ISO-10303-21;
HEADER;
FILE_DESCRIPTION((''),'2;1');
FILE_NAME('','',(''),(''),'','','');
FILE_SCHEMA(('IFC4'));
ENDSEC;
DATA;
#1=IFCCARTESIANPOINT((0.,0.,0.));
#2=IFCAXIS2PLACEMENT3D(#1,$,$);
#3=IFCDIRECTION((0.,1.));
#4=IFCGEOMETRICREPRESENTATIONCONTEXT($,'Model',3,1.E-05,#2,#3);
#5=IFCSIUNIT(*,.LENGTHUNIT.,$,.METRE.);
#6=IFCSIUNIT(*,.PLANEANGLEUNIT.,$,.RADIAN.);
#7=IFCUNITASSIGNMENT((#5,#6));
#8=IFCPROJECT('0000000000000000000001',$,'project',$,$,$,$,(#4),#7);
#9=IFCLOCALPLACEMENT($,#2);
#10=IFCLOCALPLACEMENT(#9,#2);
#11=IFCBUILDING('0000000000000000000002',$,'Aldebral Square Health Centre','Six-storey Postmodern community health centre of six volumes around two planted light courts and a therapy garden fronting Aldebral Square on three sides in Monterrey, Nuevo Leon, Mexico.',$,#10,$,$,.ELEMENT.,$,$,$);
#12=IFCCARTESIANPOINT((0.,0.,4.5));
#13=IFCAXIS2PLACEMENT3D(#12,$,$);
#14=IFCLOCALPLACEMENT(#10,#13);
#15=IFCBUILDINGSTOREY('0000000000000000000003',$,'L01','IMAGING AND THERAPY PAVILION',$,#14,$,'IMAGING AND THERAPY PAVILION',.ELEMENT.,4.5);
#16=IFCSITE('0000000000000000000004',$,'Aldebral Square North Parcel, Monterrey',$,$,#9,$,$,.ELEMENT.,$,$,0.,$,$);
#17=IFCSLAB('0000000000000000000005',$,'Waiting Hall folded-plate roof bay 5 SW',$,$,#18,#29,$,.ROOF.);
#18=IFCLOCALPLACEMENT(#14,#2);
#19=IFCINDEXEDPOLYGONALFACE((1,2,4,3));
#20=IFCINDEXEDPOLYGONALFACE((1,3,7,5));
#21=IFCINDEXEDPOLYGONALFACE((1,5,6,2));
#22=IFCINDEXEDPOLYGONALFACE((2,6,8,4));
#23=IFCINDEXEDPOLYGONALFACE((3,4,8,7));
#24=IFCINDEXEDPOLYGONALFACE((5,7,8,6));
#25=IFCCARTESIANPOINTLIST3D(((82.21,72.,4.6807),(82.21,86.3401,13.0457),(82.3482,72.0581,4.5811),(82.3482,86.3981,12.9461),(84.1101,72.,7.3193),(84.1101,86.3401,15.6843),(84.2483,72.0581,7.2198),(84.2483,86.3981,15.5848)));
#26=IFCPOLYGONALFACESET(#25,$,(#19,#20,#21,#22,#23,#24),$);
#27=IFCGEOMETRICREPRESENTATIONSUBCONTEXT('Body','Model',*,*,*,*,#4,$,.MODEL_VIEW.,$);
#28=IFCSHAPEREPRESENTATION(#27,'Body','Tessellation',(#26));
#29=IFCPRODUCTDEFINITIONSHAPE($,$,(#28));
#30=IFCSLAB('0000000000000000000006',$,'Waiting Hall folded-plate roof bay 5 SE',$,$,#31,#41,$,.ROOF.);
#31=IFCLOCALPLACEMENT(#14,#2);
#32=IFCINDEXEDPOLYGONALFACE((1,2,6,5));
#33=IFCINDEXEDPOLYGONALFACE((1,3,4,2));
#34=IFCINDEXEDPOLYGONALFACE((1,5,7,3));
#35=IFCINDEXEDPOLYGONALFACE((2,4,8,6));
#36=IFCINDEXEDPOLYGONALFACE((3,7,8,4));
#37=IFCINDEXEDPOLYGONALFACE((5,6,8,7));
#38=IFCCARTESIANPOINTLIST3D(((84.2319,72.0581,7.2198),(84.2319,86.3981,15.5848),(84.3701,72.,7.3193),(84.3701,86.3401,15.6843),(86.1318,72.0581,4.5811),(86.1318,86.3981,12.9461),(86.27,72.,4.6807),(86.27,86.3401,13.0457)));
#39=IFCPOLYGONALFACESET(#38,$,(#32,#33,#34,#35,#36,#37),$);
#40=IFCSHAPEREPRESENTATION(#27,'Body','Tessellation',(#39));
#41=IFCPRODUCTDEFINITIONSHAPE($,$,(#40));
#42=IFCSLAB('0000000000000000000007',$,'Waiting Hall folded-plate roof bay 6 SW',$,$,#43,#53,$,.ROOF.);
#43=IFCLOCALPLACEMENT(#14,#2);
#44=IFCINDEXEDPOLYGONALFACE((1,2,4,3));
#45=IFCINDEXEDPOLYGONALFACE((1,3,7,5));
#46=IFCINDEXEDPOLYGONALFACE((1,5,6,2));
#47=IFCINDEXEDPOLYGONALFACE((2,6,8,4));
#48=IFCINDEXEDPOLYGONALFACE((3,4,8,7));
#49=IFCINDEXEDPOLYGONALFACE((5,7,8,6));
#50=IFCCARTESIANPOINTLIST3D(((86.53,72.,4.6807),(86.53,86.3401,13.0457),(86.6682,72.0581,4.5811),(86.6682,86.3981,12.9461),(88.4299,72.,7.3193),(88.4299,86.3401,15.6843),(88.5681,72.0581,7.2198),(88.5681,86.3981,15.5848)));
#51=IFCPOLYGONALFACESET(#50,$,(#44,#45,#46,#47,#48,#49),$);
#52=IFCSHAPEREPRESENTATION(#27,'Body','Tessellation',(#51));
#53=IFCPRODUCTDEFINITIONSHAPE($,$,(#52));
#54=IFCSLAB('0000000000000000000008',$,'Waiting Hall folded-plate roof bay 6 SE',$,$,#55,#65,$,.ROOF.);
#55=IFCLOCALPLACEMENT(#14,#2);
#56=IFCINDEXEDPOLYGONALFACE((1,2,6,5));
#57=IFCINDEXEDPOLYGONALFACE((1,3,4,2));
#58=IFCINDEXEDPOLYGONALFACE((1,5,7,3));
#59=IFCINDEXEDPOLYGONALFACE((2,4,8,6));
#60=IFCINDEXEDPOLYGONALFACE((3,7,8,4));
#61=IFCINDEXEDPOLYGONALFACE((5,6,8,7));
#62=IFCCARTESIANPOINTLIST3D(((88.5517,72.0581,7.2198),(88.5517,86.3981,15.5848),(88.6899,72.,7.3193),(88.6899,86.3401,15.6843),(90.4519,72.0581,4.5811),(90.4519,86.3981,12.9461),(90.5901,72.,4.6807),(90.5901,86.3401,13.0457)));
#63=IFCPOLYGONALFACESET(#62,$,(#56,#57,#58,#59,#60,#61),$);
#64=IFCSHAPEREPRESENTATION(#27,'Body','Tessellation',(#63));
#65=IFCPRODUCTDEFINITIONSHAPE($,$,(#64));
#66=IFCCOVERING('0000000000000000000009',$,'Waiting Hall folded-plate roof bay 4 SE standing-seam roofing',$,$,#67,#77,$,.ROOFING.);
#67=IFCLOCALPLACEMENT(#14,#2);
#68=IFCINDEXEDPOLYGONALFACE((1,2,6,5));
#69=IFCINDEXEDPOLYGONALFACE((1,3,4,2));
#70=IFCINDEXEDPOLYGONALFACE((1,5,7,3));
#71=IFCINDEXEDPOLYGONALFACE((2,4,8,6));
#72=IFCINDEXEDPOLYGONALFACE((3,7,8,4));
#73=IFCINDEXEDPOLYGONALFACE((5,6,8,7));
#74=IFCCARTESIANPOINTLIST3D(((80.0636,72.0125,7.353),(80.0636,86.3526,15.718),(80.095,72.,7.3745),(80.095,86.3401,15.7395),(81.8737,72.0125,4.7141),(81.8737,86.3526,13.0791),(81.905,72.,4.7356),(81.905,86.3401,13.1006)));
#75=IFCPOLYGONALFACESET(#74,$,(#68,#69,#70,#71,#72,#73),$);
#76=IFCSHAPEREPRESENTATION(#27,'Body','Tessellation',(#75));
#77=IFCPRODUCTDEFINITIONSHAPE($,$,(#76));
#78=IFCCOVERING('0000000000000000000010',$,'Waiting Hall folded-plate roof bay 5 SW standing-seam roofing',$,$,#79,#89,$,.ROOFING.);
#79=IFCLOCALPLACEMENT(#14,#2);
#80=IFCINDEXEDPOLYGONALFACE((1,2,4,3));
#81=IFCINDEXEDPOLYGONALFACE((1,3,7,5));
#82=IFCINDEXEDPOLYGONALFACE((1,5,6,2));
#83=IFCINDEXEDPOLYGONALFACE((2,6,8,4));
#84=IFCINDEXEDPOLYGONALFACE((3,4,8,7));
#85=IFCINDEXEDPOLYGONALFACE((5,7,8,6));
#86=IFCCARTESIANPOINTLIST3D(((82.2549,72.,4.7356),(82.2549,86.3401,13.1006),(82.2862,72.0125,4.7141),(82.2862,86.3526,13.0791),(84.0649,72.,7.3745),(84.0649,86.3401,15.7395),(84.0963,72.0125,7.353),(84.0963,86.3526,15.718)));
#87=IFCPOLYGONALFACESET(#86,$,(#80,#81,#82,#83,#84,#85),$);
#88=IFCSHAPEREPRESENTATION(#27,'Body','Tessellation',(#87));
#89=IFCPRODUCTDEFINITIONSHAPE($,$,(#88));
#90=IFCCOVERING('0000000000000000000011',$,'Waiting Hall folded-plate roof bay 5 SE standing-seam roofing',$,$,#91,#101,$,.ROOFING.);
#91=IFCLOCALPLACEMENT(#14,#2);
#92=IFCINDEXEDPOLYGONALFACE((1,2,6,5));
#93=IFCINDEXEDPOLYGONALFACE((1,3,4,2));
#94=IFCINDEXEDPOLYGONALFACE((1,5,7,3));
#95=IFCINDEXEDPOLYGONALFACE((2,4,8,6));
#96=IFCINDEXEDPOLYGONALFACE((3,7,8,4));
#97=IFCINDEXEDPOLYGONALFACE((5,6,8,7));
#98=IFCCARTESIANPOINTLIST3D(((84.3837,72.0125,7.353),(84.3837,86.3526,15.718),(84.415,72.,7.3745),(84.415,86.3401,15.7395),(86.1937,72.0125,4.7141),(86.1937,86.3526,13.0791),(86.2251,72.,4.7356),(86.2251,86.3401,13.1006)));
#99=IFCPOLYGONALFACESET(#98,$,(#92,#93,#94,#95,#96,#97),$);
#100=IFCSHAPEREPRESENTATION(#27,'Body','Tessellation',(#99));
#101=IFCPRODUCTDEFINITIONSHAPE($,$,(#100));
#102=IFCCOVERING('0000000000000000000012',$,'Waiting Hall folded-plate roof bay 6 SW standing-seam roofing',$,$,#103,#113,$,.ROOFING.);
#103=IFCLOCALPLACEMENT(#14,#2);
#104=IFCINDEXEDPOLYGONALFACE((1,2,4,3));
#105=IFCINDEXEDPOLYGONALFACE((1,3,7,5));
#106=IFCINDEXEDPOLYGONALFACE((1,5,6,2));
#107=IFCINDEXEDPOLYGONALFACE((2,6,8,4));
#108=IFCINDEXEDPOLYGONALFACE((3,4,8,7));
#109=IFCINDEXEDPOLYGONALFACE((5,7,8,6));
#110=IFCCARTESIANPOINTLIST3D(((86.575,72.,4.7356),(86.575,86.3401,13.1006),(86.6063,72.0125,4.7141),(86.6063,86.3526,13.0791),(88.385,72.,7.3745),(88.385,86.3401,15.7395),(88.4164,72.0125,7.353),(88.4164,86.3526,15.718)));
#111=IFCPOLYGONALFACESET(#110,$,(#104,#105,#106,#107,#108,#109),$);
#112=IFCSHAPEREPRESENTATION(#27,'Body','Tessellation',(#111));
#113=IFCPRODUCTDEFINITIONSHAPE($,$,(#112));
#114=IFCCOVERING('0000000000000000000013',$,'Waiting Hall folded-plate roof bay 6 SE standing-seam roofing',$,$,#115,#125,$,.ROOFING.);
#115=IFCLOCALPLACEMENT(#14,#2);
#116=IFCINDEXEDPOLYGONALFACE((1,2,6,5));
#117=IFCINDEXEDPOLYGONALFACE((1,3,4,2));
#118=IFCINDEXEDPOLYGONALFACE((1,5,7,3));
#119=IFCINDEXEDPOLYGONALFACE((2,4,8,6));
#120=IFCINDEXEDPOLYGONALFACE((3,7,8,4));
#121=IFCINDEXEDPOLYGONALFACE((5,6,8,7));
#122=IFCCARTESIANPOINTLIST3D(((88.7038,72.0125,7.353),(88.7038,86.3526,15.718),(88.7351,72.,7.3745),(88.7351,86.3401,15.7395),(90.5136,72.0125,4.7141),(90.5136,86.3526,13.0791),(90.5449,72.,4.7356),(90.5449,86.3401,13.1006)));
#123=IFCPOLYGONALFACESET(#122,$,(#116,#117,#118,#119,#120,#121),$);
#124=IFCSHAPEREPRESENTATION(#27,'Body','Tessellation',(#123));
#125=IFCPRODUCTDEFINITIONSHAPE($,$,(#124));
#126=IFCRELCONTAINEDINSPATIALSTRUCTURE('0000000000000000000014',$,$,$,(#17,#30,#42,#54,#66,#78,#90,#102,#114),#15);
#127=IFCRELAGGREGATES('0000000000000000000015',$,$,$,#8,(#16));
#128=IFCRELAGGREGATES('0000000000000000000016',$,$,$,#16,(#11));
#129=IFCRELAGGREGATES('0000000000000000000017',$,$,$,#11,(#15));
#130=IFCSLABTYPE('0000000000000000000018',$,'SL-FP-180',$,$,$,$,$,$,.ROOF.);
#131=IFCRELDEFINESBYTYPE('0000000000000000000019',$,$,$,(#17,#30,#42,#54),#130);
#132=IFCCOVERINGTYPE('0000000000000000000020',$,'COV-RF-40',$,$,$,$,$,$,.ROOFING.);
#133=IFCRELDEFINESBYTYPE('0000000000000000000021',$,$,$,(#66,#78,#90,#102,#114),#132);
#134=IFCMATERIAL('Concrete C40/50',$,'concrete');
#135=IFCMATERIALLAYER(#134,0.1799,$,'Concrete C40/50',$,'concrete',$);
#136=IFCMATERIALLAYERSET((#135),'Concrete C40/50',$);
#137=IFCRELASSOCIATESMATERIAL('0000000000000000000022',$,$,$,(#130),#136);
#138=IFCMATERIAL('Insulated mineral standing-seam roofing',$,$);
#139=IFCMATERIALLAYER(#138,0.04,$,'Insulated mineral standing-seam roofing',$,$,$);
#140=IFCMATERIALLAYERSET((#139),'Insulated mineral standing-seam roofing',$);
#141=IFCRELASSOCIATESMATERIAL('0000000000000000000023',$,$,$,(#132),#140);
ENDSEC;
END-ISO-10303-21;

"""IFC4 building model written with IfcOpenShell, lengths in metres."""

from ifc_helpers import new_model, si_unit, direction, frame, origin, place, context, subcontext, project, spatial, polyline, outline, extrude, material, layer, layer_set, type_object, element, save


model = new_model("IFC4")

# Units and contexts
model_context = context("Model", 3, precision=1e-05, world=origin(), true_north=direction((0.0, 1.0)))
body_context = subcontext(model_context, "Body", "Model", "MODEL_VIEW")
ifc_project = project(units=[si_unit("LENGTHUNIT", "METRE"), si_unit("PLANEANGLEUNIT", "RADIAN")], contexts=[model_context])

# Site, building, storey
site_placement = place(None, origin())
site = spatial("IfcSite", under=ifc_project, at=site_placement, Name="Aldebral Square North Parcel, Monterrey", CompositionType="ELEMENT", RefElevation=0.0)
building_placement = place(site_placement, origin())
building = spatial("IfcBuilding", under=site, at=building_placement, Name="Aldebral Square Health Centre", Description="Six-storey Postmodern community health centre of six volumes around two planted light courts and a therapy garden fronting Aldebral Square on three sides in Monterrey, Nuevo Leon, Mexico.", CompositionType="ELEMENT")
storey_placement = place(building_placement, frame((0.0, 0.0, 4.5)))
storey = spatial("IfcBuildingStorey", under=building, at=storey_placement, Name="L01", Description="IMAGING AND THERAPY PAVILION", LongName="IMAGING AND THERAPY PAVILION", CompositionType="ELEMENT", Elevation=4.5)

# Shared definitions
ifc_material_1 = material(Name="Concrete C40/50", Category="concrete")

# Slabs
ifc_layer_1 = layer(ifc_material_1, 0.1799, Name="Concrete C40/50", Category="concrete")
ifc_layer_set_1 = layer_set([ifc_layer_1], Name="Concrete C40/50")
slab_type = type_object("IfcSlabType", Name="SL-FP-180", PredefinedType="ROOF", material=ifc_layer_set_1)
slab_1_placement = place(storey_placement, frame((82.21, 72.0, 4.6807), z_axis=(-0.768091, -0.322647, 0.553114), x_axis=(0.584366, 0.0, 0.81149)))
element("IfcSlab", 1, at=slab_1_placement, inside=storey, type_object=slab_type, Name="Waiting Hall folded-plate roof bay 5 SW", PredefinedType="ROOF", context=body_context, shape_type="SweptSolid", body=[
    extrude(outline(polyline([(0.0, 0.0), (3.2516, 0.0), (10.0397, 15.1503), (6.7881, 15.1503), (0.0, 0.0)])), origin(), (0.0, 0.0, -1.0), 0.1799),
])
slab_2_placement = place(storey_placement, frame((84.3701, 72.0, 7.3193), z_axis=(0.768132, -0.322623, 0.553072), x_axis=(0.584317, 0.0, -0.811526)))
element("IfcSlab", 2, at=slab_2_placement, inside=storey, type_object=slab_type, Name="Waiting Hall folded-plate roof bay 5 SE", PredefinedType="ROOF", context=body_context, shape_type="SweptSolid", body=[
    extrude(outline(polyline([(0.0, 0.0), (3.2515, 0.0), (-3.5369, 15.1502), (-6.7884, 15.1502), (0.0, 0.0)])), origin(), (0.0, 0.0, -1.0), 0.1799),
])
slab_3_placement = place(storey_placement, frame((86.53, 72.0, 4.6807), z_axis=(-0.768132, -0.322623, 0.553072), x_axis=(0.584317, 0.0, 0.811526)))
element("IfcSlab", 3, at=slab_3_placement, inside=storey, type_object=slab_type, Name="Waiting Hall folded-plate roof bay 6 SW", PredefinedType="ROOF", context=body_context, shape_type="SweptSolid", body=[
    extrude(outline(polyline([(0.0, 0.0), (3.2515, 0.0), (10.0399, 15.1502), (6.7884, 15.1502), (0.0, 0.0)])), origin(), (0.0, 0.0, -1.0), 0.1799),
])
slab_4_placement = place(storey_placement, frame((88.6899, 72.0, 7.3193), z_axis=(0.768091, -0.322647, 0.553114), x_axis=(0.584366, 0.0, -0.81149)))
element("IfcSlab", 4, at=slab_4_placement, inside=storey, type_object=slab_type, Name="Waiting Hall folded-plate roof bay 6 SE", PredefinedType="ROOF", context=body_context, shape_type="SweptSolid", body=[
    extrude(outline(polyline([(0.0, 0.0), (3.2516, 0.0), (-3.5365, 15.1503), (-6.7881, 15.1503), (0.0, 0.0)])), origin(), (0.0, 0.0, -1.0), 0.1799),
])

# Coverings
ifc_material_2 = material(Name="Insulated mineral standing-seam roofing")
ifc_layer_2 = layer(ifc_material_2, 0.04, Name="Insulated mineral standing-seam roofing")
ifc_layer_set_2 = layer_set([ifc_layer_2], Name="Insulated mineral standing-seam roofing")
covering_type = type_object("IfcCoveringType", Name="COV-RF-40", PredefinedType="ROOFING", material=ifc_layer_set_2)
covering_1_placement = place(storey_placement, frame((80.095, 72.0, 7.3745), z_axis=(0.783126, -0.313337, 0.537154), x_axis=(0.565638, 0.0, -0.824654)))
element("IfcCovering", 5, at=covering_1_placement, inside=storey, type_object=covering_type, Name="Waiting Hall folded-plate roof bay 4 SE standing-seam roofing", PredefinedType="ROOFING", context=body_context, shape_type="SweptSolid", body=[
    extrude(outline(polyline([(0.0, 0.0), (3.2, 0.0), (-3.6982, 15.1005), (-6.8982, 15.1005), (0.0, 0.0)])), origin(), (0.0, 0.0, -1.0), 0.04),
])
covering_2_placement = place(storey_placement, frame((82.2549, 72.0, 4.7356), z_axis=(-0.783126, -0.313337, 0.537154), x_axis=(0.565638, 0.0, 0.824654)))
element("IfcCovering", 6, at=covering_2_placement, inside=storey, type_object=covering_type, Name="Waiting Hall folded-plate roof bay 5 SW standing-seam roofing", PredefinedType="ROOFING", context=body_context, shape_type="SweptSolid", body=[
    extrude(outline(polyline([(0.0, 0.0), (3.2, 0.0), (10.0982, 15.1005), (6.8982, 15.1005), (0.0, 0.0)])), origin(), (0.0, 0.0, -1.0), 0.04),
])
covering_3_placement = place(storey_placement, frame((84.415, 72.0, 7.3745), z_axis=(0.783126, -0.313337, 0.537154), x_axis=(0.565638, 0.0, -0.824654)))
element("IfcCovering", 7, at=covering_3_placement, inside=storey, type_object=covering_type, Name="Waiting Hall folded-plate roof bay 5 SE standing-seam roofing", PredefinedType="ROOFING", context=body_context, shape_type="SweptSolid", body=[
    extrude(outline(polyline([(0.0, 0.0), (3.2, 0.0), (-3.6982, 15.1005), (-6.8982, 15.1005), (0.0, 0.0)])), origin(), (0.0, 0.0, -1.0), 0.04),
])
covering_4_placement = place(storey_placement, frame((86.575, 72.0, 4.7356), z_axis=(-0.783126, -0.313337, 0.537154), x_axis=(0.565638, 0.0, 0.824654)))
element("IfcCovering", 8, at=covering_4_placement, inside=storey, type_object=covering_type, Name="Waiting Hall folded-plate roof bay 6 SW standing-seam roofing", PredefinedType="ROOFING", context=body_context, shape_type="SweptSolid", body=[
    extrude(outline(polyline([(0.0, 0.0), (3.2, 0.0), (10.0982, 15.1005), (6.8982, 15.1005), (0.0, 0.0)])), origin(), (0.0, 0.0, -1.0), 0.04),
])
covering_5_placement = place(storey_placement, frame((88.7351, 72.0, 7.3745), z_axis=(0.783166, -0.313311, 0.537109), x_axis=(0.565586, 0.0, -0.824689)))
element("IfcCovering", 9, at=covering_5_placement, inside=storey, type_object=covering_type, Name="Waiting Hall folded-plate roof bay 6 SE standing-seam roofing", PredefinedType="ROOFING", context=body_context, shape_type="SweptSolid", body=[
    extrude(outline(polyline([(0.0, 0.0), (3.1999, 0.0), (-3.6986, 15.1004), (-6.8985, 15.1004), (0.0, 0.0)])), origin(), (0.0, 0.0, -1.0), 0.04),
])

save(model, "model.ifc")
